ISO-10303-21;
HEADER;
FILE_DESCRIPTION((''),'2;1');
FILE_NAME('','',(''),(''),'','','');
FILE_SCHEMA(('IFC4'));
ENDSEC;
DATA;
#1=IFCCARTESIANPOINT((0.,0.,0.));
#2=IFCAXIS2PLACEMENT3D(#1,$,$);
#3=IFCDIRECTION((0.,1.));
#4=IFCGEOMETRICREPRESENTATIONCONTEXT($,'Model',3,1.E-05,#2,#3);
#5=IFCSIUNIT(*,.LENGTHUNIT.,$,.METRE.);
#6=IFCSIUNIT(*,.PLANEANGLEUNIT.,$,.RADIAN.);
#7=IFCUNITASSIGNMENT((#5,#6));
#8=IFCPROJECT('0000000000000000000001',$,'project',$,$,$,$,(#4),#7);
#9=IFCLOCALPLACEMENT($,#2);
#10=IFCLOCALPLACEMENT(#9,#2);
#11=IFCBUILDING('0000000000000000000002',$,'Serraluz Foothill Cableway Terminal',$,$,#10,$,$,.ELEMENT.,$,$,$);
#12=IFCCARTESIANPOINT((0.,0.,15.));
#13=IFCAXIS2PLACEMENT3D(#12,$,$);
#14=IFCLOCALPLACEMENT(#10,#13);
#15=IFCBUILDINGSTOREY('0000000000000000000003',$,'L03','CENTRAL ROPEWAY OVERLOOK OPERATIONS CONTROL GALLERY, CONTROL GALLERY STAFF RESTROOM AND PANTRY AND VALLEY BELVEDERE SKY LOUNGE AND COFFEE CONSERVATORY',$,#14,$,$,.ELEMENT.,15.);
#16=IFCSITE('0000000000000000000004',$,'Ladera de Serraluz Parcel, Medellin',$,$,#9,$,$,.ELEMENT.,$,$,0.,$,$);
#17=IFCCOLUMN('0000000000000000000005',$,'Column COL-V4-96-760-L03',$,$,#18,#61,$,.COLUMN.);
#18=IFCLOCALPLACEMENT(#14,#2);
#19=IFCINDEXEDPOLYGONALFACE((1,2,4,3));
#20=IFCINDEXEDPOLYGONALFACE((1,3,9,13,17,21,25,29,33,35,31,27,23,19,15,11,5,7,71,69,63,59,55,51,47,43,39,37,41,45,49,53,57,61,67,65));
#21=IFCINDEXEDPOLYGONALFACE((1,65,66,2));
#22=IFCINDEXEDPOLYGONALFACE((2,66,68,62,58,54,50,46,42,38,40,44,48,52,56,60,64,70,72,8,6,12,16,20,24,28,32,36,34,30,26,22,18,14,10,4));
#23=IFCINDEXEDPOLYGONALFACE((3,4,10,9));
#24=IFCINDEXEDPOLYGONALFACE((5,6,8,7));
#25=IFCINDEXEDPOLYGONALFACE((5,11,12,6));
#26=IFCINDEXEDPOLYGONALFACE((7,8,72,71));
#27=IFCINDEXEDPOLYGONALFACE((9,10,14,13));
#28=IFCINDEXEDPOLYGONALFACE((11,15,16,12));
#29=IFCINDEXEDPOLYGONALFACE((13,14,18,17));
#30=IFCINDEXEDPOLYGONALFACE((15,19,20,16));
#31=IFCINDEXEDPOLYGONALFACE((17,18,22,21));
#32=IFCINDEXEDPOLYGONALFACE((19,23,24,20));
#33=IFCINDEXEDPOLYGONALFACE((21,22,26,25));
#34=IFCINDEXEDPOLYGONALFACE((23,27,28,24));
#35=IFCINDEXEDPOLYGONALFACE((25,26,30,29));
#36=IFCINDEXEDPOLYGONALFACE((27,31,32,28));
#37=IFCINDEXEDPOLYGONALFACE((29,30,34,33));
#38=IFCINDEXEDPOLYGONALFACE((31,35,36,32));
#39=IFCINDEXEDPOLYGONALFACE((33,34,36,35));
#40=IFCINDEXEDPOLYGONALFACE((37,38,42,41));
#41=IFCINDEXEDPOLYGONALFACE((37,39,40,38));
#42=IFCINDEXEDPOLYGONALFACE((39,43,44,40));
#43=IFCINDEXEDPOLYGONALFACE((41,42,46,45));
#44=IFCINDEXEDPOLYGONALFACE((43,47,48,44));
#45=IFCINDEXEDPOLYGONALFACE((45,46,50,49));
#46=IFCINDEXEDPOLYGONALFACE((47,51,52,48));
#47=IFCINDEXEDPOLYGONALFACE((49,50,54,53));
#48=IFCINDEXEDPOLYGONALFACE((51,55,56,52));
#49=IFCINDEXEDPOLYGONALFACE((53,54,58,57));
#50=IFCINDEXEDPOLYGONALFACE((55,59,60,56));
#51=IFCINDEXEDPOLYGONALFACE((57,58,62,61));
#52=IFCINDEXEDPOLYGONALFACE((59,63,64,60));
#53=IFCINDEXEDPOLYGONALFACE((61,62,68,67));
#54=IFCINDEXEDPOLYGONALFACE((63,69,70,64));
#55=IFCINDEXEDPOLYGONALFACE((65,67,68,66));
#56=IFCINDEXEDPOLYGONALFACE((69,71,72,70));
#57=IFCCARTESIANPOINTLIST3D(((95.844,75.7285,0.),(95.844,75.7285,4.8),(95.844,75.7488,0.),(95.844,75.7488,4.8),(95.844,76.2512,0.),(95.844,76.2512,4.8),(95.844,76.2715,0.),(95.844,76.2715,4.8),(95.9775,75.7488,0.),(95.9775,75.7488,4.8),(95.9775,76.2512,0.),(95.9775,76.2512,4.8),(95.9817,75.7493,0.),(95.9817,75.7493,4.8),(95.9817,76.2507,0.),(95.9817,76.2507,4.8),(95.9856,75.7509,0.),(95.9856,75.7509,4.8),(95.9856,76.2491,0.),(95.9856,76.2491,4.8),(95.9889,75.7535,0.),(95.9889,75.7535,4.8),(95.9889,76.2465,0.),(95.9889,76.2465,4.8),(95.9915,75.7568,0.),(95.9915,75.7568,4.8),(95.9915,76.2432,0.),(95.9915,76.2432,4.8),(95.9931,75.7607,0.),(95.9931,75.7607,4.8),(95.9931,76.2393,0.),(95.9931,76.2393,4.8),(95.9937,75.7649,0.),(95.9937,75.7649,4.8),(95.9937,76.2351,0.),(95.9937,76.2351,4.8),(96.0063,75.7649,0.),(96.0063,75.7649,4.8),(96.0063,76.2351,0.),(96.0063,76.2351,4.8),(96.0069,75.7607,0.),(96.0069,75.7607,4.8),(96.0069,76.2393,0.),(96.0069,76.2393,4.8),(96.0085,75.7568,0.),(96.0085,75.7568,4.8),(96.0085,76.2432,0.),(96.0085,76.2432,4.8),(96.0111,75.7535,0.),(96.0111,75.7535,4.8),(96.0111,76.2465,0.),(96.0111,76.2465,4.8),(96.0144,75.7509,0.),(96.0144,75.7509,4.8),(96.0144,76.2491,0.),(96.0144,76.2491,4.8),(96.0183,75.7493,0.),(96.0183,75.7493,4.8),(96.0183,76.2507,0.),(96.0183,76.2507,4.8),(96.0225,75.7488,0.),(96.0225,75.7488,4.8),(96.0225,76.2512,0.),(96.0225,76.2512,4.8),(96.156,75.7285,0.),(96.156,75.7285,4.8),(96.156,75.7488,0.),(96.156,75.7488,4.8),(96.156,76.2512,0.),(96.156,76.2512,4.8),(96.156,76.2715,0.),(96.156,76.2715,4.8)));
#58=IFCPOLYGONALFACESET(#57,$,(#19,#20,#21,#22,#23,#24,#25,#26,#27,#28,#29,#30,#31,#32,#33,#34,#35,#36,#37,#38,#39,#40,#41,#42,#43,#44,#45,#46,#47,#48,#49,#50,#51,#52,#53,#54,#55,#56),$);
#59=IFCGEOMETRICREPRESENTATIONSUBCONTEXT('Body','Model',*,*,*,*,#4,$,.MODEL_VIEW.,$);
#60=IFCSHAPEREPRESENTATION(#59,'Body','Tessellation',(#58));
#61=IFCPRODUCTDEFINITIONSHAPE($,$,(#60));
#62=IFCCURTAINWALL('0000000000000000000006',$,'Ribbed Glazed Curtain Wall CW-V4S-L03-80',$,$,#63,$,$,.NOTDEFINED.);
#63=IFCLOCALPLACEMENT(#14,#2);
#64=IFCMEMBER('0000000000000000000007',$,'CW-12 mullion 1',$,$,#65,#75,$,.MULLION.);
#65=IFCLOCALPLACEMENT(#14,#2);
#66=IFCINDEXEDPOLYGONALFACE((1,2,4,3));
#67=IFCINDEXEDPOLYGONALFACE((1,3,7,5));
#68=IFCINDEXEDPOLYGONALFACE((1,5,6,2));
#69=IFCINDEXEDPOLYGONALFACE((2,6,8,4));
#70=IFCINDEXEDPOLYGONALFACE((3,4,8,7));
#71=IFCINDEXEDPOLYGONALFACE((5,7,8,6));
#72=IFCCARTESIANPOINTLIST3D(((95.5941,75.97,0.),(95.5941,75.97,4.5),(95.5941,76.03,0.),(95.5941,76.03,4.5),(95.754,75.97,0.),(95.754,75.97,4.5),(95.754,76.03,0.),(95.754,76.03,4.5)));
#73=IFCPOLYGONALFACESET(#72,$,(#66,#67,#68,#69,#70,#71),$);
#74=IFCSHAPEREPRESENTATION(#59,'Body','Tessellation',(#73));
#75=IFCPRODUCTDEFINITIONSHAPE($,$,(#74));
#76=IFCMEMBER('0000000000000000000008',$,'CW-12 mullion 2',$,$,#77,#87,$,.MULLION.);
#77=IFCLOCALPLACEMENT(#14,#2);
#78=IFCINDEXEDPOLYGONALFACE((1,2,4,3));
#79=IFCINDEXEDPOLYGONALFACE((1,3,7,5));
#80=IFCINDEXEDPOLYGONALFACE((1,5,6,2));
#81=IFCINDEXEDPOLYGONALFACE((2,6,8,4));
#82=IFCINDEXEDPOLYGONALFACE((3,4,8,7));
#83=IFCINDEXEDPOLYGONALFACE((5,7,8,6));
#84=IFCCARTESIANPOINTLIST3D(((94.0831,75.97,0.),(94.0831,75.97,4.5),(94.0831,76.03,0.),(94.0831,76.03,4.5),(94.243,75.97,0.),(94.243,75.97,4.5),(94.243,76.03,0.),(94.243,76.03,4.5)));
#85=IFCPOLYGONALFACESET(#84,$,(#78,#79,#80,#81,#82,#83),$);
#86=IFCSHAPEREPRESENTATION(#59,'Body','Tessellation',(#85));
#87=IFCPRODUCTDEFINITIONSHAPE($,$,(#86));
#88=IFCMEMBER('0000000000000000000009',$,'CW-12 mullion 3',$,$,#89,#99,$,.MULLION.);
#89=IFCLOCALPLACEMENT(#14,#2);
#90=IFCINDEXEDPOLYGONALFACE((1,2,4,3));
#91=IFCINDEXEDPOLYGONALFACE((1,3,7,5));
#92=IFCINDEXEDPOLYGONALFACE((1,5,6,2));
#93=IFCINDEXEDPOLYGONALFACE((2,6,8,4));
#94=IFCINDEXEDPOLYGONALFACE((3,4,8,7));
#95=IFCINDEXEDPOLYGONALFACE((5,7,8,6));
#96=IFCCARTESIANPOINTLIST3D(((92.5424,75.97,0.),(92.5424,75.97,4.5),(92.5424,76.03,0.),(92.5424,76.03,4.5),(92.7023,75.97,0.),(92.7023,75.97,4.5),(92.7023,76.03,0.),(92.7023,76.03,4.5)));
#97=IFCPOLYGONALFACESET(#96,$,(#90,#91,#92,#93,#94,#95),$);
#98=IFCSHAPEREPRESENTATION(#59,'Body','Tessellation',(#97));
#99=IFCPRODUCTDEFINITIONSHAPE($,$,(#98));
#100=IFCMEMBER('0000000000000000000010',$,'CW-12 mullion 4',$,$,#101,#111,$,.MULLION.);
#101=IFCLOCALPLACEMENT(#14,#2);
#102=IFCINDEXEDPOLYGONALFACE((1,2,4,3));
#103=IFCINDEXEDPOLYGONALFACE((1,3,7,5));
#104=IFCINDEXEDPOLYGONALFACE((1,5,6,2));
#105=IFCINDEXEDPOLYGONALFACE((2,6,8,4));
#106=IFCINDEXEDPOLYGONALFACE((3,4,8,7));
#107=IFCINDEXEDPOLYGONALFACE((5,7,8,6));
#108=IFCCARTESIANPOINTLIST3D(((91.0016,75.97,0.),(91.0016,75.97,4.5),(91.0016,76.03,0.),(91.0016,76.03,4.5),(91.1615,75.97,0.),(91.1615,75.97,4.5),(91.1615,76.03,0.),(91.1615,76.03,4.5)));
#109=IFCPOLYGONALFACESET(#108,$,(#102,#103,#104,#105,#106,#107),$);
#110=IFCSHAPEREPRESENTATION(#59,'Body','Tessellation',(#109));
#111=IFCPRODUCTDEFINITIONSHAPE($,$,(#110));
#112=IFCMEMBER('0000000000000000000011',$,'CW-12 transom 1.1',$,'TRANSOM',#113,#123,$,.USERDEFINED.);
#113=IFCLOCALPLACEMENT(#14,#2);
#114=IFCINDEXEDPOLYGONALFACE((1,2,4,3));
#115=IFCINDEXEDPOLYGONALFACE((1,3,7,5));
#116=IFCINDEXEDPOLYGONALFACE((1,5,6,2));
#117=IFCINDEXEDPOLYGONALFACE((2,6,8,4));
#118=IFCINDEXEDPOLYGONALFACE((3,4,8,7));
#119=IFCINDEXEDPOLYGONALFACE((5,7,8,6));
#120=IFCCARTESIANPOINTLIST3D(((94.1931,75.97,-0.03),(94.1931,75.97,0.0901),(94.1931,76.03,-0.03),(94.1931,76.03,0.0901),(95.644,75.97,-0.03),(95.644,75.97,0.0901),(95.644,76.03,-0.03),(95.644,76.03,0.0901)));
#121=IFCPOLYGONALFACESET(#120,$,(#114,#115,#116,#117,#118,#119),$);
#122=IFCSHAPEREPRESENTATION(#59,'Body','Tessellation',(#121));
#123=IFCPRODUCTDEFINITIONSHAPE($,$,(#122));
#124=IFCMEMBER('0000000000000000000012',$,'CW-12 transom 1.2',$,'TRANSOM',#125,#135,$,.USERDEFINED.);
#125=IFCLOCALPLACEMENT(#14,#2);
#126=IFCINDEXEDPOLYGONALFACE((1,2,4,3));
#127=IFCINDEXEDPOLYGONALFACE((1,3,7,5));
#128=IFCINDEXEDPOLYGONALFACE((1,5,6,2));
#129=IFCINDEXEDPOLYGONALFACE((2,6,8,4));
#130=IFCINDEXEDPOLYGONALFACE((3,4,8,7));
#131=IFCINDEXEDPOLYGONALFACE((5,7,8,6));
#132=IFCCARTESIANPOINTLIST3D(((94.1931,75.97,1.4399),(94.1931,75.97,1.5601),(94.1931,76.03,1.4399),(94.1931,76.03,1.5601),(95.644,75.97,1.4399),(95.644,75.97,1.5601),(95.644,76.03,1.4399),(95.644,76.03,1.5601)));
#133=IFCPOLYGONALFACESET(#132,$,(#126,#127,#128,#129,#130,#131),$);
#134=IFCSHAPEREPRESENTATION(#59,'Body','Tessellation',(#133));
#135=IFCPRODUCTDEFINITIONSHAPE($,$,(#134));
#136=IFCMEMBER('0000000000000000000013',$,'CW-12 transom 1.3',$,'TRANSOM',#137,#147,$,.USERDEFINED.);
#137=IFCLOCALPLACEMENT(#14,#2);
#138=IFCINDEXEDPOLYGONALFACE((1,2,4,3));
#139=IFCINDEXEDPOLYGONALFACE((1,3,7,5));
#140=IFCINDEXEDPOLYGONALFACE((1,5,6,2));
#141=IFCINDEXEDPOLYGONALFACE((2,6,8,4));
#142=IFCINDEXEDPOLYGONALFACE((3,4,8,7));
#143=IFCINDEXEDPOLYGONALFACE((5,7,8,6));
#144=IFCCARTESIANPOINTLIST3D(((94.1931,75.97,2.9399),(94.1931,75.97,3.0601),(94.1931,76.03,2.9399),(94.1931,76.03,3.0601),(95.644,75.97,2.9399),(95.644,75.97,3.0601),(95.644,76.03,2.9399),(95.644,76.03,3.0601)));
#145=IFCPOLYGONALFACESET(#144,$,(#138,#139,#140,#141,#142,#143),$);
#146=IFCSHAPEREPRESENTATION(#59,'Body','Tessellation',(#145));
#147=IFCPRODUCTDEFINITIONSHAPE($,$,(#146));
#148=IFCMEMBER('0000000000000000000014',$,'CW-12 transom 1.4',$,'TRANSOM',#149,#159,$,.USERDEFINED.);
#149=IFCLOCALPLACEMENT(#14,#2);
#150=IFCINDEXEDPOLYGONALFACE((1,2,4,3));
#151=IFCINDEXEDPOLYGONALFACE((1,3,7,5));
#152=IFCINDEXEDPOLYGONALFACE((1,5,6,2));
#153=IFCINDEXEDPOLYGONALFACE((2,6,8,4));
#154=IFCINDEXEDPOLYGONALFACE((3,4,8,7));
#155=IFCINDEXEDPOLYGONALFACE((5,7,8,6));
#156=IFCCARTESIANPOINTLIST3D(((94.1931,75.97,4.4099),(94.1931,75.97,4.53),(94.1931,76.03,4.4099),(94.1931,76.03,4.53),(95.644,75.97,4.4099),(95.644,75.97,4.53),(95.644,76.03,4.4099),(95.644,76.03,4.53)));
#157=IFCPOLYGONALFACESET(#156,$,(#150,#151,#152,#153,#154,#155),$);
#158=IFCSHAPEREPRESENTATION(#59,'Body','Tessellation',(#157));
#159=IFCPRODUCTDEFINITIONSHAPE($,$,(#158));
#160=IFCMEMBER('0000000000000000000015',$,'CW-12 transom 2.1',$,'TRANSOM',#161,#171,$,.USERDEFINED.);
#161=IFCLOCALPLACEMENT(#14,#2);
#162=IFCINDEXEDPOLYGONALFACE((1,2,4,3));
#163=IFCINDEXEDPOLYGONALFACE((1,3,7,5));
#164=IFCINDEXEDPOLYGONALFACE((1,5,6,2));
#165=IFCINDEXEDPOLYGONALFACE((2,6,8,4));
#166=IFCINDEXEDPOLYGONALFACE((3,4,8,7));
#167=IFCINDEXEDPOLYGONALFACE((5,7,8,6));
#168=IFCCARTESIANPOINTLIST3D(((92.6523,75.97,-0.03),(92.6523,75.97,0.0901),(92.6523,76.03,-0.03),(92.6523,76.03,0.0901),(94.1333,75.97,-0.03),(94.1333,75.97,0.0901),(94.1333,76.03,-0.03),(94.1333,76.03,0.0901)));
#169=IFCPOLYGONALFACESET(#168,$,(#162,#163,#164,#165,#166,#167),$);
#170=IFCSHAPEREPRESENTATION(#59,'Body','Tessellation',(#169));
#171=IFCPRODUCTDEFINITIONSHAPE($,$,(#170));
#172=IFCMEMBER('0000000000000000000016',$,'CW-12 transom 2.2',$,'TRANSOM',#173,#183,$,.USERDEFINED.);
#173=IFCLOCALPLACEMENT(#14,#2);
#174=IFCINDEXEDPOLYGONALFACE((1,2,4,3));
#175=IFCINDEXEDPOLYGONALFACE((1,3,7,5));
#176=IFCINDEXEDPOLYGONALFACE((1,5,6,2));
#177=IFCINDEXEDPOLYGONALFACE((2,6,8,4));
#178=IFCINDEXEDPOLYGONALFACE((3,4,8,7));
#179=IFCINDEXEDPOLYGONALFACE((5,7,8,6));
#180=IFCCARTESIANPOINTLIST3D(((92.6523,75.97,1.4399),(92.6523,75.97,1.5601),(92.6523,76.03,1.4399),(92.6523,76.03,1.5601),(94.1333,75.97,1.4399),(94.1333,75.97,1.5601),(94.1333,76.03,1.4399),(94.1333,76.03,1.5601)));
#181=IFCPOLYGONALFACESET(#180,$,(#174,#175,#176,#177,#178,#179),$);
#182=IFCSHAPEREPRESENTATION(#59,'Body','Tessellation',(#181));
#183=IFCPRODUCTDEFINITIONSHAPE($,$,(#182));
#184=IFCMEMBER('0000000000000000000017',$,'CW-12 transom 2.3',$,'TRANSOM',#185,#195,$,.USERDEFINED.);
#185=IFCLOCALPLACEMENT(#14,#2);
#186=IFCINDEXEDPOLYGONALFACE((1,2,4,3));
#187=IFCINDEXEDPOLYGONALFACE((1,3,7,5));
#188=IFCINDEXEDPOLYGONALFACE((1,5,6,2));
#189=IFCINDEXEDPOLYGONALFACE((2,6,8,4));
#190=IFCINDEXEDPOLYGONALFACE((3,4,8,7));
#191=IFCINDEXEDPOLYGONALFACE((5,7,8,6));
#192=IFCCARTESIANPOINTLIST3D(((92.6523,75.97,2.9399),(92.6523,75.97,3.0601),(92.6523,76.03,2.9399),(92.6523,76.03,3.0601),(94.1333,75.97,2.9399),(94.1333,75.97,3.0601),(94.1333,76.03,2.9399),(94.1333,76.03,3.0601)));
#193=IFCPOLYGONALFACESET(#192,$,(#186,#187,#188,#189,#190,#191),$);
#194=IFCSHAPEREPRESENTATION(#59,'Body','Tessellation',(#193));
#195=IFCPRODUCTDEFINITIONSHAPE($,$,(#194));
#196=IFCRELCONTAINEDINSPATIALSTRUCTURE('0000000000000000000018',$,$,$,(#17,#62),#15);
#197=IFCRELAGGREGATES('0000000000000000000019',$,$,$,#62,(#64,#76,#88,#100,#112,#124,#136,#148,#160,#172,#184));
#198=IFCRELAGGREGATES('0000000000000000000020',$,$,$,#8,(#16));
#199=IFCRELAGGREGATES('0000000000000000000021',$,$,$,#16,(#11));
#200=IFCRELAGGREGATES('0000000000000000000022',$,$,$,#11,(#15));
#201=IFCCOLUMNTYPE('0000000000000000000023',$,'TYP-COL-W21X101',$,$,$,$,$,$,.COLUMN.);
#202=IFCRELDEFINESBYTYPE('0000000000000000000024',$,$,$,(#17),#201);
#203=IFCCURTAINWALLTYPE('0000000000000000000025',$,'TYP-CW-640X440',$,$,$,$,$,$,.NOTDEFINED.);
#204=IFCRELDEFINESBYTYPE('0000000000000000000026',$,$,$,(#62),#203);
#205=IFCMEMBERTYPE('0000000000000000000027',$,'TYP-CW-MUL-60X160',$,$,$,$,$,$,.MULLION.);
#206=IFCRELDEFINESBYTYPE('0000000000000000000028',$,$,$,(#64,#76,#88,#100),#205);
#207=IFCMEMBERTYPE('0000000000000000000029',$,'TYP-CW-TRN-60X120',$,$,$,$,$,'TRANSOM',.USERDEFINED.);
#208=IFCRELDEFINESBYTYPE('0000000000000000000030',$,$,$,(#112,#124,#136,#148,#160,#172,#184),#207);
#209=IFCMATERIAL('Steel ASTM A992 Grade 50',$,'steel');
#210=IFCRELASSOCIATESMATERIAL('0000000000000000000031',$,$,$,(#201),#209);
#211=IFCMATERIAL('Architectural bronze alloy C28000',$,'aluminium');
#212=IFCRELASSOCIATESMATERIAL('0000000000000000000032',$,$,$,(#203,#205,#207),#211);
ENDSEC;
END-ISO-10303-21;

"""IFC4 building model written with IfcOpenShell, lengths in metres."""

from ifc_helpers import new_model, si_unit, direction, frame, origin, origin_2d, place, context, subcontext, project, spatial, rectangle, i_section, extrude, material, material_profile, profile_set, type_object, element, aggregate, save


model = new_model("IFC4")

# Units and contexts
model_context = context("Model", 3, precision=1e-05, world=origin(), true_north=direction((0.0, 1.0)))
body_context = subcontext(model_context, "Body", "Model", "MODEL_VIEW")
ifc_project = project(units=[si_unit("LENGTHUNIT", "METRE"), si_unit("PLANEANGLEUNIT", "RADIAN")], contexts=[model_context])

# Site, building, storey
site_placement = place(None, origin())
site = spatial("IfcSite", under=ifc_project, at=site_placement, Name="Ladera de Serraluz Parcel, Medellin", CompositionType="ELEMENT", RefElevation=0.0)
building_placement = place(site_placement, origin())
building = spatial("IfcBuilding", under=site, at=building_placement, Name="Serraluz Foothill Cableway Terminal", CompositionType="ELEMENT")
storey_placement = place(building_placement, frame((0.0, 0.0, 15.0)))
storey = spatial("IfcBuildingStorey", under=building, at=storey_placement, Name="L03", Description="CENTRAL ROPEWAY OVERLOOK OPERATIONS CONTROL GALLERY, CONTROL GALLERY STAFF RESTROOM AND PANTRY AND VALLEY BELVEDERE SKY LOUNGE AND COFFEE CONSERVATORY", CompositionType="ELEMENT", Elevation=15.0)

# Column
ifc_material_1 = material(Name="Steel ASTM A992 Grade 50", Category="steel")
ifc_material_profile_1 = material_profile(ifc_material_1, i_section(OverallWidth=0.312, OverallDepth=0.543, WebThickness=0.0127, FlangeThickness=0.0203, FilletRadius=0.0161, at=origin_2d()), Name="W21X101")
ifc_profile_set_1 = profile_set([ifc_material_profile_1], Name="Steel ASTM A992 Grade 50")
column_type = type_object("IfcColumnType", Name="TYP-COL-W21X101", PredefinedType="COLUMN", material=ifc_profile_set_1)
column_placement = place(storey_placement, frame((96.0, 76.0, 0.0), z_axis=(0.0, 0.0, 1.0), x_axis=(1.0, 0.0, 0.0)))
element("IfcColumn", 1, at=column_placement, inside=storey, type_object=column_type, Name="Column COL-V4-96-760-L03", PredefinedType="COLUMN", context=body_context, shape_type="SweptSolid", body=[
    extrude(i_section(OverallWidth=0.312, OverallDepth=0.543, WebThickness=0.0127, FlangeThickness=0.0203, FilletRadius=0.0161, at=origin_2d()), origin(), (0.0, 0.0, 1.0), 4.8),
])

# Curtain wall, members
ifc_material_2 = material(Name="Architectural bronze alloy C28000", Category="aluminium")
curtain_wall_type = type_object("IfcCurtainWallType", Name="TYP-CW-640X440", PredefinedType="NOTDEFINED", material=ifc_material_2)
curtain_wall_placement = place(storey_placement, origin())
curtain_wall = element("IfcCurtainWall", 2, at=curtain_wall_placement, inside=storey, type_object=curtain_wall_type, Name="Ribbed Glazed Curtain Wall CW-V4S-L03-80", PredefinedType="NOTDEFINED")
ifc_material_profile_2 = material_profile(ifc_material_2, rectangle(XDim=0.0601, YDim=0.1599, at=origin_2d()), Name="ALU MULLION 60x160")
ifc_profile_set_2 = profile_set([ifc_material_profile_2], Name="Architectural bronze alloy C28000")
member_type_1 = type_object("IfcMemberType", Name="TYP-CW-MUL-60X160", PredefinedType="MULLION", material=ifc_profile_set_2)
member_1_placement = place(storey_placement, frame((95.6741, 76.0, 0.0), z_axis=(0.0, 0.0, 1.0), x_axis=(0.0, -1.0, 0.0)))
member_1 = element("IfcMember", 3, at=member_1_placement, type_object=member_type_1, Name="CW-12 mullion 1", PredefinedType="MULLION", context=body_context, shape_type="SweptSolid", body=[
    extrude(rectangle(XDim=0.0601, YDim=0.1599, at=origin_2d()), origin(), (0.0, 0.0, 1.0), 4.5),
])
member_2_placement = place(storey_placement, frame((94.1631, 76.0, 0.0), z_axis=(0.0, 0.0, 1.0), x_axis=(0.0, -1.0, 0.0)))
member_2 = element("IfcMember", 4, at=member_2_placement, type_object=member_type_1, Name="CW-12 mullion 2", PredefinedType="MULLION", context=body_context, shape_type="SweptSolid", body=[
    extrude(rectangle(XDim=0.0601, YDim=0.1599, at=origin_2d()), origin(), (0.0, 0.0, 1.0), 4.5),
])
member_3_placement = place(storey_placement, frame((92.6223, 76.0, 0.0), z_axis=(0.0, 0.0, 1.0), x_axis=(0.0, -1.0, 0.0)))
member_3 = element("IfcMember", 5, at=member_3_placement, type_object=member_type_1, Name="CW-12 mullion 3", PredefinedType="MULLION", context=body_context, shape_type="SweptSolid", body=[
    extrude(rectangle(XDim=0.0601, YDim=0.1599, at=origin_2d()), origin(), (0.0, 0.0, 1.0), 4.5),
])
member_4_placement = place(storey_placement, frame((91.0815, 76.0, 0.0), z_axis=(0.0, 0.0, 1.0), x_axis=(0.0, -1.0, 0.0)))
member_4 = element("IfcMember", 6, at=member_4_placement, type_object=member_type_1, Name="CW-12 mullion 4", PredefinedType="MULLION", context=body_context, shape_type="SweptSolid", body=[
    extrude(rectangle(XDim=0.0601, YDim=0.1599, at=origin_2d()), origin(), (0.0, 0.0, 1.0), 4.5),
])
ifc_material_profile_3 = material_profile(ifc_material_2, rectangle(XDim=0.0601, YDim=0.1201, at=origin_2d()), Name="ALU TRANSOM 60x120")
ifc_profile_set_3 = profile_set([ifc_material_profile_3], Name="Architectural bronze alloy C28000")
member_type_2 = type_object("IfcMemberType", Name="TYP-CW-TRN-60X120", ElementType="TRANSOM", PredefinedType="USERDEFINED", material=ifc_profile_set_3)
member_5_placement = place(storey_placement, frame((95.644, 76.0, 0.03), z_axis=(-1.0, 0.0, 0.0), x_axis=(0.0, -1.0, 0.0)))
member_5 = element("IfcMember", 7, at=member_5_placement, type_object=member_type_2, Name="CW-12 transom 1.1", ObjectType="TRANSOM", PredefinedType="USERDEFINED", context=body_context, shape_type="SweptSolid", body=[
    extrude(rectangle(XDim=0.0601, YDim=0.1201, at=origin_2d()), origin(), (0.0, 0.0, 1.0), 1.4509),
])
member_6_placement = place(storey_placement, frame((95.644, 76.0, 1.5), z_axis=(-1.0, 0.0, 0.0), x_axis=(0.0, -1.0, 0.0)))
member_6 = element("IfcMember", 8, at=member_6_placement, type_object=member_type_2, Name="CW-12 transom 1.2", ObjectType="TRANSOM", PredefinedType="USERDEFINED", context=body_context, shape_type="SweptSolid", body=[
    extrude(rectangle(XDim=0.0601, YDim=0.1201, at=origin_2d()), origin(), (0.0, 0.0, 1.0), 1.4509),
])
member_7_placement = place(storey_placement, frame((95.644, 76.0, 3.0), z_axis=(-1.0, 0.0, 0.0), x_axis=(0.0, -1.0, 0.0)))
member_7 = element("IfcMember", 9, at=member_7_placement, type_object=member_type_2, Name="CW-12 transom 1.3", ObjectType="TRANSOM", PredefinedType="USERDEFINED", context=body_context, shape_type="SweptSolid", body=[
    extrude(rectangle(XDim=0.0601, YDim=0.1201, at=origin_2d()), origin(), (0.0, 0.0, 1.0), 1.4509),
])
member_8_placement = place(storey_placement, frame((95.644, 76.0, 4.47), z_axis=(-1.0, 0.0, 0.0), x_axis=(0.0, -1.0, 0.0)))
member_8 = element("IfcMember", 10, at=member_8_placement, type_object=member_type_2, Name="CW-12 transom 1.4", ObjectType="TRANSOM", PredefinedType="USERDEFINED", context=body_context, shape_type="SweptSolid", body=[
    extrude(rectangle(XDim=0.0601, YDim=0.1201, at=origin_2d()), origin(), (0.0, 0.0, 1.0), 1.4509),
])
member_9_placement = place(storey_placement, frame((94.1333, 76.0, 0.03), z_axis=(-1.0, 0.0, 0.0), x_axis=(0.0, -1.0, 0.0)))
member_9 = element("IfcMember", 11, at=member_9_placement, type_object=member_type_2, Name="CW-12 transom 2.1", ObjectType="TRANSOM", PredefinedType="USERDEFINED", context=body_context, shape_type="SweptSolid", body=[
    extrude(rectangle(XDim=0.0601, YDim=0.1201, at=origin_2d()), origin(), (0.0, 0.0, 1.0), 1.481),
])
member_10_placement = place(storey_placement, frame((94.1333, 76.0, 1.5), z_axis=(-1.0, 0.0, 0.0), x_axis=(0.0, -1.0, 0.0)))
member_10 = element("IfcMember", 12, at=member_10_placement, type_object=member_type_2, Name="CW-12 transom 2.2", ObjectType="TRANSOM", PredefinedType="USERDEFINED", context=body_context, shape_type="SweptSolid", body=[
    extrude(rectangle(XDim=0.0601, YDim=0.1201, at=origin_2d()), origin(), (0.0, 0.0, 1.0), 1.481),
])
member_11_placement = place(storey_placement, frame((94.1333, 76.0, 3.0), z_axis=(-1.0, 0.0, 0.0), x_axis=(0.0, -1.0, 0.0)))
member_11 = element("IfcMember", 13, at=member_11_placement, type_object=member_type_2, Name="CW-12 transom 2.3", ObjectType="TRANSOM", PredefinedType="USERDEFINED", context=body_context, shape_type="SweptSolid", body=[
    extrude(rectangle(XDim=0.0601, YDim=0.1201, at=origin_2d()), origin(), (0.0, 0.0, 1.0), 1.481),
])
aggregate(curtain_wall, [member_1, member_2, member_3, member_4, member_5, member_6, member_7, member_8, member_9, member_10, member_11])

save(model, "model.ifc")
